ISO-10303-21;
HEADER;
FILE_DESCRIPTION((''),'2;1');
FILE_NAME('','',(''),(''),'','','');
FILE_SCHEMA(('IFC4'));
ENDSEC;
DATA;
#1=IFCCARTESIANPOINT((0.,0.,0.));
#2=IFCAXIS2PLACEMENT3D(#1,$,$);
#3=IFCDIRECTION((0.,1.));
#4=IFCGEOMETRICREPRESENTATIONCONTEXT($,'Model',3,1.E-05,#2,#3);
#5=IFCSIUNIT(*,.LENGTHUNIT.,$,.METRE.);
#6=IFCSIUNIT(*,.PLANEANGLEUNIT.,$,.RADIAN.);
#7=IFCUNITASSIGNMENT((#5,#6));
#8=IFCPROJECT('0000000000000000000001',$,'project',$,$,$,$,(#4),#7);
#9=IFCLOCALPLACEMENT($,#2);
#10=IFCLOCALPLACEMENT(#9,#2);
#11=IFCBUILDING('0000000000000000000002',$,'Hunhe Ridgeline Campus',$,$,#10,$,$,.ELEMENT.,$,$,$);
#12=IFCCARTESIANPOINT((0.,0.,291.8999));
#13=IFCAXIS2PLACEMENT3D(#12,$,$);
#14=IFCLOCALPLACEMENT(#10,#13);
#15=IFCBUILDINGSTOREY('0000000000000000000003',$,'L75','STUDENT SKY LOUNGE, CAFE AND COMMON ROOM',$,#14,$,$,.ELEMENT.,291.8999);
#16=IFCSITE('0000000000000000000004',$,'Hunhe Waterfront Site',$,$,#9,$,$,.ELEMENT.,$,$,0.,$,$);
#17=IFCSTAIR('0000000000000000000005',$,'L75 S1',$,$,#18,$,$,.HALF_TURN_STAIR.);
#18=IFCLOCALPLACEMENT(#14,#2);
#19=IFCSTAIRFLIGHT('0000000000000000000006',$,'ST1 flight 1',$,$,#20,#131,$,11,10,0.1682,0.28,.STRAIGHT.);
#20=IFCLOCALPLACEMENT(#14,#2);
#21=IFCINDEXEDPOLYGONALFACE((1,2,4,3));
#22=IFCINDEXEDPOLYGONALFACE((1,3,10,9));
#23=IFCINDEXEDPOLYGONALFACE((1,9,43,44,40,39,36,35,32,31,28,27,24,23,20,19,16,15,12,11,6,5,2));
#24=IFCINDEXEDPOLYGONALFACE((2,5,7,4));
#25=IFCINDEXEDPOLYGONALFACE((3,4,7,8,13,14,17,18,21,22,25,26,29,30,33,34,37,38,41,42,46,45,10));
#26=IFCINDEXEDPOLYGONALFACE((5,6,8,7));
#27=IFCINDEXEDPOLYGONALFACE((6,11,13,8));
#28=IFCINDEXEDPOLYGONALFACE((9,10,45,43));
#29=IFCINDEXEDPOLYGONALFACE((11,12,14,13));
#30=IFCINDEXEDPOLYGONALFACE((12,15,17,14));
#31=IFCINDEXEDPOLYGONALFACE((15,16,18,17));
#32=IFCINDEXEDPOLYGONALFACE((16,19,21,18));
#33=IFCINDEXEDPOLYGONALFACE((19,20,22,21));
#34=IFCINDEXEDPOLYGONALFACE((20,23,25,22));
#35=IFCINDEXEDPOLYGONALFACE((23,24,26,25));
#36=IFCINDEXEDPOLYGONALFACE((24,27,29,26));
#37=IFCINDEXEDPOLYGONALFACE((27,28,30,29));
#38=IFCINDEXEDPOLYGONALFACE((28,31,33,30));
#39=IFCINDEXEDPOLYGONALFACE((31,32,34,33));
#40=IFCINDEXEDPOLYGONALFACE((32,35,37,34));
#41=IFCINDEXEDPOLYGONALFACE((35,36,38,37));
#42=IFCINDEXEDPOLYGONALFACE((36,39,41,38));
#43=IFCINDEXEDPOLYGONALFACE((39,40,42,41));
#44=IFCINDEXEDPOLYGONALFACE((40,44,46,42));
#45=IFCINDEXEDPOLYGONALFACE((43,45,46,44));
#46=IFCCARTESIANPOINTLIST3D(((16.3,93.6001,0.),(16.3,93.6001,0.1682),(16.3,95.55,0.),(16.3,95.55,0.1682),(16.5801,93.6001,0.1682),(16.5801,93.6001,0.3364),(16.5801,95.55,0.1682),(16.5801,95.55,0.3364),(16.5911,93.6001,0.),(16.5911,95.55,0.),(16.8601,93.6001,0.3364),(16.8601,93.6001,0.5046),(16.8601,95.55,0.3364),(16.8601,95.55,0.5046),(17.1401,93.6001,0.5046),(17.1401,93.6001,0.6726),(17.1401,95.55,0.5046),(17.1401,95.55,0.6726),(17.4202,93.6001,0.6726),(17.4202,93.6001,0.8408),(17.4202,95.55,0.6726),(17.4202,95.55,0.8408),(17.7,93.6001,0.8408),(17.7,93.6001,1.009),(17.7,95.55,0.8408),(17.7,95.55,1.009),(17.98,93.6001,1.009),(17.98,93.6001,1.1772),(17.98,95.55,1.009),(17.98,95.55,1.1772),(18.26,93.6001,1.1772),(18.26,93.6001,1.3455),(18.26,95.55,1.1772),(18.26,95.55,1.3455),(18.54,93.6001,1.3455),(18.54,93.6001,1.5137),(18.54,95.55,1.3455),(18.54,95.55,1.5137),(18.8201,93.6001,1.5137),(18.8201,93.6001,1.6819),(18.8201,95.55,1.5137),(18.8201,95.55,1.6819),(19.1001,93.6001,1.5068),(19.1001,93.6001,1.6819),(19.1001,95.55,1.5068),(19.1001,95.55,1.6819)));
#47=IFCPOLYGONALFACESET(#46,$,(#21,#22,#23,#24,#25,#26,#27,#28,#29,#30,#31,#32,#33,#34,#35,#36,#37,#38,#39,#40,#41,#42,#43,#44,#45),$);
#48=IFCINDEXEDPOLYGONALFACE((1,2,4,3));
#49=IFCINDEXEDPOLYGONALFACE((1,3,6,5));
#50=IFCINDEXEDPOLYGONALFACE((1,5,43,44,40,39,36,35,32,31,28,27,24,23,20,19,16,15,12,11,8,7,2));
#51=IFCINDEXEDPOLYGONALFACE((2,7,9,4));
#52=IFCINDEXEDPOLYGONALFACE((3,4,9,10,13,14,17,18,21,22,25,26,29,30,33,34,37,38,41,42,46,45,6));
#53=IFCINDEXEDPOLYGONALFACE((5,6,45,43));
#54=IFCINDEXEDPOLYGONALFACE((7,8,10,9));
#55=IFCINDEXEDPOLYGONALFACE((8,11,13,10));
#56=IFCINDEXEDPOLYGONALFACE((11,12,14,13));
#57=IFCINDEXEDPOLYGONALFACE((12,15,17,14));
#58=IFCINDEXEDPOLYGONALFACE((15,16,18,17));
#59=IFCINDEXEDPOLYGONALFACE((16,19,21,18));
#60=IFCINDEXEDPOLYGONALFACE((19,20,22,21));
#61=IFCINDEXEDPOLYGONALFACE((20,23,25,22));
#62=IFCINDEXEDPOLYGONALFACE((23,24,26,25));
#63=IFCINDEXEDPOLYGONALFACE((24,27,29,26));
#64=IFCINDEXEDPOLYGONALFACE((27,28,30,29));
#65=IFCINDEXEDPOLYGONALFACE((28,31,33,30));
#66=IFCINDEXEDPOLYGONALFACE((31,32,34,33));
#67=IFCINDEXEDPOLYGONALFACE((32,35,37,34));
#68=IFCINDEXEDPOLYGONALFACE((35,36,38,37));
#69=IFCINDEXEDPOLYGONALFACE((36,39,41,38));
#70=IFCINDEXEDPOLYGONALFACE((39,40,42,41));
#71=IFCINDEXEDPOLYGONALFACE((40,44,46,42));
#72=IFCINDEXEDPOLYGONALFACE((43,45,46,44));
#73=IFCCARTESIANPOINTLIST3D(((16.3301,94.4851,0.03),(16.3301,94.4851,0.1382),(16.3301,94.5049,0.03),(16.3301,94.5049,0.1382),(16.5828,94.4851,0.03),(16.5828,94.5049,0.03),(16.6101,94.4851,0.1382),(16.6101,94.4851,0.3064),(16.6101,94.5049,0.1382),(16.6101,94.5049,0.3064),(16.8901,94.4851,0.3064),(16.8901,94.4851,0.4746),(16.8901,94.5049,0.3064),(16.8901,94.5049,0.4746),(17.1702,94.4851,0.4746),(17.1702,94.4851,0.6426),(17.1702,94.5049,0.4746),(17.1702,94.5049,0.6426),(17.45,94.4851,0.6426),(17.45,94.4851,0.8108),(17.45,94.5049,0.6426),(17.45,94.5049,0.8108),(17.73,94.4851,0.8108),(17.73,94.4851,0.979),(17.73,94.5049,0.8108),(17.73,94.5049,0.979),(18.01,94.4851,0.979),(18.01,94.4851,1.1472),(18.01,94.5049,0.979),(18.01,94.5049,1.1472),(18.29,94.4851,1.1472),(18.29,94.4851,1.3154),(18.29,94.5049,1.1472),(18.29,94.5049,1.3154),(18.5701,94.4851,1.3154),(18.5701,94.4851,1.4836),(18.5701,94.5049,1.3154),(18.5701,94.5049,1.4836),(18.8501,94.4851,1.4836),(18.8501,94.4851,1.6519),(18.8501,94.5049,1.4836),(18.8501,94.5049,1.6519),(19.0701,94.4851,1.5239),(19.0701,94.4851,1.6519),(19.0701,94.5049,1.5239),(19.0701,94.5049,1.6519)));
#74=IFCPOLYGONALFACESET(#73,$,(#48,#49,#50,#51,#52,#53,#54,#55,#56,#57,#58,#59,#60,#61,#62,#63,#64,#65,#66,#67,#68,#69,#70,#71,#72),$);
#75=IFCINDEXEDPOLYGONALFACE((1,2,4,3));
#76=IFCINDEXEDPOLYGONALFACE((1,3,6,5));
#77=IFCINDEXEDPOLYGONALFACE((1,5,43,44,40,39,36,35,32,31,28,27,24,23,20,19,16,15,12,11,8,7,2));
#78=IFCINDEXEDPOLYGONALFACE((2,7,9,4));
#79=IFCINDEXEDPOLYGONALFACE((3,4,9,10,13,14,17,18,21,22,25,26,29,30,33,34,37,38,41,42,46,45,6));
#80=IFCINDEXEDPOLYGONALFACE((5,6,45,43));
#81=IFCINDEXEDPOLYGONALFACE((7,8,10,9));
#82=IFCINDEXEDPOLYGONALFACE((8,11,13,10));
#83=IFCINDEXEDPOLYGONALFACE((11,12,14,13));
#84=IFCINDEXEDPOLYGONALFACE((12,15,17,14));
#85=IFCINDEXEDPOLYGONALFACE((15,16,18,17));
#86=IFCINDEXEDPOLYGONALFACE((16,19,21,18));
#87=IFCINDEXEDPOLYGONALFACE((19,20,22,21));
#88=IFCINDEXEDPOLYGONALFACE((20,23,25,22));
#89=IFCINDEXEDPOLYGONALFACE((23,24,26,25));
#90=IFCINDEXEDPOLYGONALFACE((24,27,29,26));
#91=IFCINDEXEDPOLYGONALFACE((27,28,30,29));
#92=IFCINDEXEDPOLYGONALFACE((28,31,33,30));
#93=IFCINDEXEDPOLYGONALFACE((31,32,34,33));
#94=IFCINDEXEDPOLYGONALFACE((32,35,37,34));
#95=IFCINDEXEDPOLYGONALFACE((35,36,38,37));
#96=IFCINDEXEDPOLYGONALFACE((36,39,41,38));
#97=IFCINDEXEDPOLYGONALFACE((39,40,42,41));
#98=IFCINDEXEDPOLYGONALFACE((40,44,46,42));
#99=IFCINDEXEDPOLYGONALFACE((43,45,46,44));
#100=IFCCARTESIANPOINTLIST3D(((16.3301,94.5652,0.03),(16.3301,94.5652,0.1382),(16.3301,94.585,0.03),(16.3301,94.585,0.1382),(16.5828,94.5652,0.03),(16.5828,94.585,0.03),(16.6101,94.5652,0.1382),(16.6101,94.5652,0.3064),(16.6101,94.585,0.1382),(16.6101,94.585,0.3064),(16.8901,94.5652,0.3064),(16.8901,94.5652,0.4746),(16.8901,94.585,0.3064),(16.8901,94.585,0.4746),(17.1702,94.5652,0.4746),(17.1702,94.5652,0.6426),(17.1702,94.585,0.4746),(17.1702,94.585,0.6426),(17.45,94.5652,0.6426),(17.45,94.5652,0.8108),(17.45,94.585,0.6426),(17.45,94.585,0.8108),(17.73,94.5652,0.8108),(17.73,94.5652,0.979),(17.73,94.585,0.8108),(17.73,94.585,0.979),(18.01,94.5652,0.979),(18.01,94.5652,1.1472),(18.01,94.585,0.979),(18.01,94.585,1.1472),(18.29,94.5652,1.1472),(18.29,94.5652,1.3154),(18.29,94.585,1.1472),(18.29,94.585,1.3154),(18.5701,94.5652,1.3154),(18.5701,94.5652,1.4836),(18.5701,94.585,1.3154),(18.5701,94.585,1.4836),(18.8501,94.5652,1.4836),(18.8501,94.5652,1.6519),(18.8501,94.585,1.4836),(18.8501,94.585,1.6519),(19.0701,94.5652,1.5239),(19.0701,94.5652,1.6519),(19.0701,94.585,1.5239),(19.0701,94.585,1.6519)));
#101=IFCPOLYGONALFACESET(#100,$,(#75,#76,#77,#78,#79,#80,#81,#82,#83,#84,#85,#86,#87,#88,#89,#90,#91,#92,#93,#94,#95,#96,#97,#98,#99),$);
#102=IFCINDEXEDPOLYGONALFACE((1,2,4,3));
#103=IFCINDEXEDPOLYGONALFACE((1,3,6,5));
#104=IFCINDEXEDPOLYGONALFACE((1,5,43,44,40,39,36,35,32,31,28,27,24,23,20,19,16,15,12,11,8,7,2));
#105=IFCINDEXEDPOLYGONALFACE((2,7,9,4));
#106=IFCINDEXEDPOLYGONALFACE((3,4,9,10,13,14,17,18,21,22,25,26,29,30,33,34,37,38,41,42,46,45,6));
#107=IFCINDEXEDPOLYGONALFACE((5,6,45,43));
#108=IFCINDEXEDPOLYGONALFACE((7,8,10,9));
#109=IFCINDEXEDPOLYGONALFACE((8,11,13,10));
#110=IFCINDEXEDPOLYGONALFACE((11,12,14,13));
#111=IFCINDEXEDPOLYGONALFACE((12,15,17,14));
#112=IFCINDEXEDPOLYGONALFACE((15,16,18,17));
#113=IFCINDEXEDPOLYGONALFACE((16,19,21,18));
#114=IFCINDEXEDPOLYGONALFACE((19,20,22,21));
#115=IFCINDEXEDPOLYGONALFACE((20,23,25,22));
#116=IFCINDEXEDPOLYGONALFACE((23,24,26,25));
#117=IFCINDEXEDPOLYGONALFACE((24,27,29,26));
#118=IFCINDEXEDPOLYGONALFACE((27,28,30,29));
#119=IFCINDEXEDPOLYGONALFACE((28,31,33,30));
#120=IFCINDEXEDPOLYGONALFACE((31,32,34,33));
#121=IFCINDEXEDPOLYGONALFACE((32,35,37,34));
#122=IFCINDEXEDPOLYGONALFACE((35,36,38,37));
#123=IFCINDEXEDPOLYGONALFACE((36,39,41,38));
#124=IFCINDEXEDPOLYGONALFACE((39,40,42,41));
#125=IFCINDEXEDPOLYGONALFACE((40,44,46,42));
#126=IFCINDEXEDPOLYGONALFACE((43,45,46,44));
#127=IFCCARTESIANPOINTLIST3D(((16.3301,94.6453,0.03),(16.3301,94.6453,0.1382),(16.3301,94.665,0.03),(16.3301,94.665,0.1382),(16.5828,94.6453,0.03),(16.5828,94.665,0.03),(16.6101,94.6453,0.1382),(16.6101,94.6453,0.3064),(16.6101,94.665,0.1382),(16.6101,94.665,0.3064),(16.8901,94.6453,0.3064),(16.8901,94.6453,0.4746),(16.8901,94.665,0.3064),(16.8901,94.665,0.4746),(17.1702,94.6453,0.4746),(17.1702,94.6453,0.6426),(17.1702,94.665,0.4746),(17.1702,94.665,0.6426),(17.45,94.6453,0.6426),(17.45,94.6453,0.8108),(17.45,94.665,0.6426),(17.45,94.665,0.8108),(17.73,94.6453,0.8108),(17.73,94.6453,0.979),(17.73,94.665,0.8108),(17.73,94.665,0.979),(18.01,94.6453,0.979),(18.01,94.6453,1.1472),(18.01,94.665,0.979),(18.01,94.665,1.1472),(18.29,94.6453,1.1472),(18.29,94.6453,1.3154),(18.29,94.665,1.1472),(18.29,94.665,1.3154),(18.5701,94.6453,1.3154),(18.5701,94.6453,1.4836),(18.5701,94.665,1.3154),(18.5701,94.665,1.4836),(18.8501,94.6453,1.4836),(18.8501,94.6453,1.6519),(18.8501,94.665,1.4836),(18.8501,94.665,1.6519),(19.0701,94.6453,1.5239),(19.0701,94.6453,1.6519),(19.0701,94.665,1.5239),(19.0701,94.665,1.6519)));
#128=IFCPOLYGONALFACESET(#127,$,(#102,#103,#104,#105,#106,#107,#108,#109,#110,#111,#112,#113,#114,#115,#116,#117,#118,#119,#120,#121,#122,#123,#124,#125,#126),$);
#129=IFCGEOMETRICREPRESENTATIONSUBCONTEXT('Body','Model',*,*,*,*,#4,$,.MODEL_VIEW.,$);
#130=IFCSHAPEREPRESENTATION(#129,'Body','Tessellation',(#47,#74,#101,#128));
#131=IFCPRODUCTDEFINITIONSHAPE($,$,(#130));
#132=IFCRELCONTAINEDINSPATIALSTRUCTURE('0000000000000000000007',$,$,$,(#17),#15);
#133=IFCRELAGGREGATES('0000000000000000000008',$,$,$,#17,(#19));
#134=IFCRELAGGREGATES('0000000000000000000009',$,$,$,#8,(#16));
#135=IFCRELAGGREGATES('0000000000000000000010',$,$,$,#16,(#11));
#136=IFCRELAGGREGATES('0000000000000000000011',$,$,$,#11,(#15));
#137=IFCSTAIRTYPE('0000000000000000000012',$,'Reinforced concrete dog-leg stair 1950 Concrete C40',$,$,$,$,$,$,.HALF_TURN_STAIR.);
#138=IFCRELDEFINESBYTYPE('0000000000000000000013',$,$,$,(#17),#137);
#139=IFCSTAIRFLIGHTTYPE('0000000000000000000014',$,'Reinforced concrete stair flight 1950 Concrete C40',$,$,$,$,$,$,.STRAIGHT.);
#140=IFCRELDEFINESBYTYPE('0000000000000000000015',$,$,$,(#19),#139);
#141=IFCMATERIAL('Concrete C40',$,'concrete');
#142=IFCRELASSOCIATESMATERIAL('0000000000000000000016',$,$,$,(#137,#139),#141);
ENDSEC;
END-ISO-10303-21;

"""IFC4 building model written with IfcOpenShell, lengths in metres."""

from ifc_helpers import new_model, si_unit, direction, frame, origin, place, context, subcontext, project, spatial, polyline, outline, extrude, material, type_object, element, aggregate, save


model = new_model("IFC4")

# Units and contexts
model_context = context("Model", 3, precision=1e-05, world=origin(), true_north=direction((0.0, 1.0)))
body_context = subcontext(model_context, "Body", "Model", "MODEL_VIEW")
ifc_project = project(units=[si_unit("LENGTHUNIT", "METRE"), si_unit("PLANEANGLEUNIT", "RADIAN")], contexts=[model_context])

# Site, building, storey
site_placement = place(None, origin())
site = spatial("IfcSite", under=ifc_project, at=site_placement, Name="Hunhe Waterfront Site", CompositionType="ELEMENT", RefElevation=0.0)
building_placement = place(site_placement, origin())
building = spatial("IfcBuilding", under=site, at=building_placement, Name="Hunhe Ridgeline Campus", CompositionType="ELEMENT")
storey_placement = place(building_placement, frame((0.0, 0.0, 291.8999)))
storey = spatial("IfcBuildingStorey", under=building, at=storey_placement, Name="L75", Description="STUDENT SKY LOUNGE, CAFE AND COMMON ROOM", CompositionType="ELEMENT", Elevation=291.8999)

# Stair, stair flight
ifc_material_1 = material(Name="Concrete C40", Category="concrete")
stair_type = type_object("IfcStairType", Name="Reinforced concrete dog-leg stair 1950 Concrete C40", PredefinedType="HALF_TURN_STAIR", material=ifc_material_1)
stair_placement = place(storey_placement, origin())
stair = element("IfcStair", 1, at=stair_placement, inside=storey, type_object=stair_type, Name="L75 S1", PredefinedType="HALF_TURN_STAIR")
stair_flight_type = type_object("IfcStairFlightType", Name="Reinforced concrete stair flight 1950 Concrete C40", PredefinedType="STRAIGHT", material=ifc_material_1)
stair_flight_1_placement = place(storey_placement, frame((16.3, 94.575, 0.0), z_axis=(0.0, 0.0, 1.0), x_axis=(1.0, 0.0, 0.0)))
stair_flight_1 = element("IfcStairFlight", 2, at=stair_flight_1_placement, type_object=stair_flight_type, Name="ST1 flight 1", NumberOfRisers=11, NumberOfTreads=10, PredefinedType="STRAIGHT", RiserHeight=0.1682, TreadLength=0.28, context=body_context, shape_type="SweptSolid", body=[
    extrude(outline(polyline([(0.0, 0.0), (0.0, 0.1682), (0.28, 0.1682), (0.28, 0.3364), (0.5601, 0.3364), (0.5601, 0.5046), (0.8401, 0.5046), (0.8401, 0.6726), (1.1201, 0.6726), (1.1201, 0.8408), (1.3999, 0.8408), (1.3999, 1.009), (1.6799, 1.009), (1.6799, 1.1772), (1.96, 1.1772), (1.96, 1.3455), (2.24, 1.3455), (2.24, 1.5137), (2.52, 1.5137), (2.52, 1.6819), (2.8, 1.6819), (2.8, 1.8501), (2.8, 1.5068), (0.291, 0.0), (0.0, 0.0)])), frame((0.0, 0.9751, 0.0), z_axis=(0.0, -1.0, 0.0), x_axis=(1.0, 0.0, 0.0)), (0.0, 0.0, 1.0), 1.95),
    extrude(outline(polyline([(0.03, 0.03), (0.03, 0.1382), (0.3101, 0.1382), (0.3101, 0.3064), (0.5901, 0.3064), (0.5901, 0.4746), (0.8701, 0.4746), (0.8701, 0.6426), (1.1499, 0.6426), (1.1499, 0.8108), (1.4299, 0.8108), (1.4299, 0.979), (1.71, 0.979), (1.71, 1.1472), (1.99, 1.1472), (1.99, 1.3154), (2.27, 1.3154), (2.27, 1.4836), (2.55, 1.4836), (2.55, 1.6519), (2.77, 1.6519), (2.77, 1.5239), (0.2827, 0.03), (0.03, 0.03)])), frame((0.0, -0.0701, 0.0), z_axis=(0.0, -1.0, 0.0), x_axis=(1.0, 0.0, 0.0)), (0.0, 0.0, 1.0), 0.0198),
    extrude(outline(polyline([(0.03, 0.03), (0.03, 0.1382), (0.3101, 0.1382), (0.3101, 0.3064), (0.5901, 0.3064), (0.5901, 0.4746), (0.8701, 0.4746), (0.8701, 0.6426), (1.1499, 0.6426), (1.1499, 0.8108), (1.4299, 0.8108), (1.4299, 0.979), (1.71, 0.979), (1.71, 1.1472), (1.99, 1.1472), (1.99, 1.3154), (2.27, 1.3154), (2.27, 1.4836), (2.55, 1.4836), (2.55, 1.6519), (2.77, 1.6519), (2.77, 1.5239), (0.2827, 0.03), (0.03, 0.03)])), frame((0.0, 0.01, 0.0), z_axis=(0.0, -1.0, 0.0), x_axis=(1.0, 0.0, 0.0)), (0.0, 0.0, 1.0), 0.0198),
    extrude(outline(polyline([(0.03, 0.03), (0.03, 0.1382), (0.3101, 0.1382), (0.3101, 0.3064), (0.5901, 0.3064), (0.5901, 0.4746), (0.8701, 0.4746), (0.8701, 0.6426), (1.1499, 0.6426), (1.1499, 0.8108), (1.4299, 0.8108), (1.4299, 0.979), (1.71, 0.979), (1.71, 1.1472), (1.99, 1.1472), (1.99, 1.3154), (2.27, 1.3154), (2.27, 1.4836), (2.55, 1.4836), (2.55, 1.6519), (2.77, 1.6519), (2.77, 1.5239), (0.2827, 0.03), (0.03, 0.03)])), frame((0.0, 0.0901, 0.0), z_axis=(0.0, -1.0, 0.0), x_axis=(1.0, 0.0, 0.0)), (0.0, 0.0, 1.0), 0.0198),
])
aggregate(stair, [stair_flight_1])

save(model, "model.ifc")
